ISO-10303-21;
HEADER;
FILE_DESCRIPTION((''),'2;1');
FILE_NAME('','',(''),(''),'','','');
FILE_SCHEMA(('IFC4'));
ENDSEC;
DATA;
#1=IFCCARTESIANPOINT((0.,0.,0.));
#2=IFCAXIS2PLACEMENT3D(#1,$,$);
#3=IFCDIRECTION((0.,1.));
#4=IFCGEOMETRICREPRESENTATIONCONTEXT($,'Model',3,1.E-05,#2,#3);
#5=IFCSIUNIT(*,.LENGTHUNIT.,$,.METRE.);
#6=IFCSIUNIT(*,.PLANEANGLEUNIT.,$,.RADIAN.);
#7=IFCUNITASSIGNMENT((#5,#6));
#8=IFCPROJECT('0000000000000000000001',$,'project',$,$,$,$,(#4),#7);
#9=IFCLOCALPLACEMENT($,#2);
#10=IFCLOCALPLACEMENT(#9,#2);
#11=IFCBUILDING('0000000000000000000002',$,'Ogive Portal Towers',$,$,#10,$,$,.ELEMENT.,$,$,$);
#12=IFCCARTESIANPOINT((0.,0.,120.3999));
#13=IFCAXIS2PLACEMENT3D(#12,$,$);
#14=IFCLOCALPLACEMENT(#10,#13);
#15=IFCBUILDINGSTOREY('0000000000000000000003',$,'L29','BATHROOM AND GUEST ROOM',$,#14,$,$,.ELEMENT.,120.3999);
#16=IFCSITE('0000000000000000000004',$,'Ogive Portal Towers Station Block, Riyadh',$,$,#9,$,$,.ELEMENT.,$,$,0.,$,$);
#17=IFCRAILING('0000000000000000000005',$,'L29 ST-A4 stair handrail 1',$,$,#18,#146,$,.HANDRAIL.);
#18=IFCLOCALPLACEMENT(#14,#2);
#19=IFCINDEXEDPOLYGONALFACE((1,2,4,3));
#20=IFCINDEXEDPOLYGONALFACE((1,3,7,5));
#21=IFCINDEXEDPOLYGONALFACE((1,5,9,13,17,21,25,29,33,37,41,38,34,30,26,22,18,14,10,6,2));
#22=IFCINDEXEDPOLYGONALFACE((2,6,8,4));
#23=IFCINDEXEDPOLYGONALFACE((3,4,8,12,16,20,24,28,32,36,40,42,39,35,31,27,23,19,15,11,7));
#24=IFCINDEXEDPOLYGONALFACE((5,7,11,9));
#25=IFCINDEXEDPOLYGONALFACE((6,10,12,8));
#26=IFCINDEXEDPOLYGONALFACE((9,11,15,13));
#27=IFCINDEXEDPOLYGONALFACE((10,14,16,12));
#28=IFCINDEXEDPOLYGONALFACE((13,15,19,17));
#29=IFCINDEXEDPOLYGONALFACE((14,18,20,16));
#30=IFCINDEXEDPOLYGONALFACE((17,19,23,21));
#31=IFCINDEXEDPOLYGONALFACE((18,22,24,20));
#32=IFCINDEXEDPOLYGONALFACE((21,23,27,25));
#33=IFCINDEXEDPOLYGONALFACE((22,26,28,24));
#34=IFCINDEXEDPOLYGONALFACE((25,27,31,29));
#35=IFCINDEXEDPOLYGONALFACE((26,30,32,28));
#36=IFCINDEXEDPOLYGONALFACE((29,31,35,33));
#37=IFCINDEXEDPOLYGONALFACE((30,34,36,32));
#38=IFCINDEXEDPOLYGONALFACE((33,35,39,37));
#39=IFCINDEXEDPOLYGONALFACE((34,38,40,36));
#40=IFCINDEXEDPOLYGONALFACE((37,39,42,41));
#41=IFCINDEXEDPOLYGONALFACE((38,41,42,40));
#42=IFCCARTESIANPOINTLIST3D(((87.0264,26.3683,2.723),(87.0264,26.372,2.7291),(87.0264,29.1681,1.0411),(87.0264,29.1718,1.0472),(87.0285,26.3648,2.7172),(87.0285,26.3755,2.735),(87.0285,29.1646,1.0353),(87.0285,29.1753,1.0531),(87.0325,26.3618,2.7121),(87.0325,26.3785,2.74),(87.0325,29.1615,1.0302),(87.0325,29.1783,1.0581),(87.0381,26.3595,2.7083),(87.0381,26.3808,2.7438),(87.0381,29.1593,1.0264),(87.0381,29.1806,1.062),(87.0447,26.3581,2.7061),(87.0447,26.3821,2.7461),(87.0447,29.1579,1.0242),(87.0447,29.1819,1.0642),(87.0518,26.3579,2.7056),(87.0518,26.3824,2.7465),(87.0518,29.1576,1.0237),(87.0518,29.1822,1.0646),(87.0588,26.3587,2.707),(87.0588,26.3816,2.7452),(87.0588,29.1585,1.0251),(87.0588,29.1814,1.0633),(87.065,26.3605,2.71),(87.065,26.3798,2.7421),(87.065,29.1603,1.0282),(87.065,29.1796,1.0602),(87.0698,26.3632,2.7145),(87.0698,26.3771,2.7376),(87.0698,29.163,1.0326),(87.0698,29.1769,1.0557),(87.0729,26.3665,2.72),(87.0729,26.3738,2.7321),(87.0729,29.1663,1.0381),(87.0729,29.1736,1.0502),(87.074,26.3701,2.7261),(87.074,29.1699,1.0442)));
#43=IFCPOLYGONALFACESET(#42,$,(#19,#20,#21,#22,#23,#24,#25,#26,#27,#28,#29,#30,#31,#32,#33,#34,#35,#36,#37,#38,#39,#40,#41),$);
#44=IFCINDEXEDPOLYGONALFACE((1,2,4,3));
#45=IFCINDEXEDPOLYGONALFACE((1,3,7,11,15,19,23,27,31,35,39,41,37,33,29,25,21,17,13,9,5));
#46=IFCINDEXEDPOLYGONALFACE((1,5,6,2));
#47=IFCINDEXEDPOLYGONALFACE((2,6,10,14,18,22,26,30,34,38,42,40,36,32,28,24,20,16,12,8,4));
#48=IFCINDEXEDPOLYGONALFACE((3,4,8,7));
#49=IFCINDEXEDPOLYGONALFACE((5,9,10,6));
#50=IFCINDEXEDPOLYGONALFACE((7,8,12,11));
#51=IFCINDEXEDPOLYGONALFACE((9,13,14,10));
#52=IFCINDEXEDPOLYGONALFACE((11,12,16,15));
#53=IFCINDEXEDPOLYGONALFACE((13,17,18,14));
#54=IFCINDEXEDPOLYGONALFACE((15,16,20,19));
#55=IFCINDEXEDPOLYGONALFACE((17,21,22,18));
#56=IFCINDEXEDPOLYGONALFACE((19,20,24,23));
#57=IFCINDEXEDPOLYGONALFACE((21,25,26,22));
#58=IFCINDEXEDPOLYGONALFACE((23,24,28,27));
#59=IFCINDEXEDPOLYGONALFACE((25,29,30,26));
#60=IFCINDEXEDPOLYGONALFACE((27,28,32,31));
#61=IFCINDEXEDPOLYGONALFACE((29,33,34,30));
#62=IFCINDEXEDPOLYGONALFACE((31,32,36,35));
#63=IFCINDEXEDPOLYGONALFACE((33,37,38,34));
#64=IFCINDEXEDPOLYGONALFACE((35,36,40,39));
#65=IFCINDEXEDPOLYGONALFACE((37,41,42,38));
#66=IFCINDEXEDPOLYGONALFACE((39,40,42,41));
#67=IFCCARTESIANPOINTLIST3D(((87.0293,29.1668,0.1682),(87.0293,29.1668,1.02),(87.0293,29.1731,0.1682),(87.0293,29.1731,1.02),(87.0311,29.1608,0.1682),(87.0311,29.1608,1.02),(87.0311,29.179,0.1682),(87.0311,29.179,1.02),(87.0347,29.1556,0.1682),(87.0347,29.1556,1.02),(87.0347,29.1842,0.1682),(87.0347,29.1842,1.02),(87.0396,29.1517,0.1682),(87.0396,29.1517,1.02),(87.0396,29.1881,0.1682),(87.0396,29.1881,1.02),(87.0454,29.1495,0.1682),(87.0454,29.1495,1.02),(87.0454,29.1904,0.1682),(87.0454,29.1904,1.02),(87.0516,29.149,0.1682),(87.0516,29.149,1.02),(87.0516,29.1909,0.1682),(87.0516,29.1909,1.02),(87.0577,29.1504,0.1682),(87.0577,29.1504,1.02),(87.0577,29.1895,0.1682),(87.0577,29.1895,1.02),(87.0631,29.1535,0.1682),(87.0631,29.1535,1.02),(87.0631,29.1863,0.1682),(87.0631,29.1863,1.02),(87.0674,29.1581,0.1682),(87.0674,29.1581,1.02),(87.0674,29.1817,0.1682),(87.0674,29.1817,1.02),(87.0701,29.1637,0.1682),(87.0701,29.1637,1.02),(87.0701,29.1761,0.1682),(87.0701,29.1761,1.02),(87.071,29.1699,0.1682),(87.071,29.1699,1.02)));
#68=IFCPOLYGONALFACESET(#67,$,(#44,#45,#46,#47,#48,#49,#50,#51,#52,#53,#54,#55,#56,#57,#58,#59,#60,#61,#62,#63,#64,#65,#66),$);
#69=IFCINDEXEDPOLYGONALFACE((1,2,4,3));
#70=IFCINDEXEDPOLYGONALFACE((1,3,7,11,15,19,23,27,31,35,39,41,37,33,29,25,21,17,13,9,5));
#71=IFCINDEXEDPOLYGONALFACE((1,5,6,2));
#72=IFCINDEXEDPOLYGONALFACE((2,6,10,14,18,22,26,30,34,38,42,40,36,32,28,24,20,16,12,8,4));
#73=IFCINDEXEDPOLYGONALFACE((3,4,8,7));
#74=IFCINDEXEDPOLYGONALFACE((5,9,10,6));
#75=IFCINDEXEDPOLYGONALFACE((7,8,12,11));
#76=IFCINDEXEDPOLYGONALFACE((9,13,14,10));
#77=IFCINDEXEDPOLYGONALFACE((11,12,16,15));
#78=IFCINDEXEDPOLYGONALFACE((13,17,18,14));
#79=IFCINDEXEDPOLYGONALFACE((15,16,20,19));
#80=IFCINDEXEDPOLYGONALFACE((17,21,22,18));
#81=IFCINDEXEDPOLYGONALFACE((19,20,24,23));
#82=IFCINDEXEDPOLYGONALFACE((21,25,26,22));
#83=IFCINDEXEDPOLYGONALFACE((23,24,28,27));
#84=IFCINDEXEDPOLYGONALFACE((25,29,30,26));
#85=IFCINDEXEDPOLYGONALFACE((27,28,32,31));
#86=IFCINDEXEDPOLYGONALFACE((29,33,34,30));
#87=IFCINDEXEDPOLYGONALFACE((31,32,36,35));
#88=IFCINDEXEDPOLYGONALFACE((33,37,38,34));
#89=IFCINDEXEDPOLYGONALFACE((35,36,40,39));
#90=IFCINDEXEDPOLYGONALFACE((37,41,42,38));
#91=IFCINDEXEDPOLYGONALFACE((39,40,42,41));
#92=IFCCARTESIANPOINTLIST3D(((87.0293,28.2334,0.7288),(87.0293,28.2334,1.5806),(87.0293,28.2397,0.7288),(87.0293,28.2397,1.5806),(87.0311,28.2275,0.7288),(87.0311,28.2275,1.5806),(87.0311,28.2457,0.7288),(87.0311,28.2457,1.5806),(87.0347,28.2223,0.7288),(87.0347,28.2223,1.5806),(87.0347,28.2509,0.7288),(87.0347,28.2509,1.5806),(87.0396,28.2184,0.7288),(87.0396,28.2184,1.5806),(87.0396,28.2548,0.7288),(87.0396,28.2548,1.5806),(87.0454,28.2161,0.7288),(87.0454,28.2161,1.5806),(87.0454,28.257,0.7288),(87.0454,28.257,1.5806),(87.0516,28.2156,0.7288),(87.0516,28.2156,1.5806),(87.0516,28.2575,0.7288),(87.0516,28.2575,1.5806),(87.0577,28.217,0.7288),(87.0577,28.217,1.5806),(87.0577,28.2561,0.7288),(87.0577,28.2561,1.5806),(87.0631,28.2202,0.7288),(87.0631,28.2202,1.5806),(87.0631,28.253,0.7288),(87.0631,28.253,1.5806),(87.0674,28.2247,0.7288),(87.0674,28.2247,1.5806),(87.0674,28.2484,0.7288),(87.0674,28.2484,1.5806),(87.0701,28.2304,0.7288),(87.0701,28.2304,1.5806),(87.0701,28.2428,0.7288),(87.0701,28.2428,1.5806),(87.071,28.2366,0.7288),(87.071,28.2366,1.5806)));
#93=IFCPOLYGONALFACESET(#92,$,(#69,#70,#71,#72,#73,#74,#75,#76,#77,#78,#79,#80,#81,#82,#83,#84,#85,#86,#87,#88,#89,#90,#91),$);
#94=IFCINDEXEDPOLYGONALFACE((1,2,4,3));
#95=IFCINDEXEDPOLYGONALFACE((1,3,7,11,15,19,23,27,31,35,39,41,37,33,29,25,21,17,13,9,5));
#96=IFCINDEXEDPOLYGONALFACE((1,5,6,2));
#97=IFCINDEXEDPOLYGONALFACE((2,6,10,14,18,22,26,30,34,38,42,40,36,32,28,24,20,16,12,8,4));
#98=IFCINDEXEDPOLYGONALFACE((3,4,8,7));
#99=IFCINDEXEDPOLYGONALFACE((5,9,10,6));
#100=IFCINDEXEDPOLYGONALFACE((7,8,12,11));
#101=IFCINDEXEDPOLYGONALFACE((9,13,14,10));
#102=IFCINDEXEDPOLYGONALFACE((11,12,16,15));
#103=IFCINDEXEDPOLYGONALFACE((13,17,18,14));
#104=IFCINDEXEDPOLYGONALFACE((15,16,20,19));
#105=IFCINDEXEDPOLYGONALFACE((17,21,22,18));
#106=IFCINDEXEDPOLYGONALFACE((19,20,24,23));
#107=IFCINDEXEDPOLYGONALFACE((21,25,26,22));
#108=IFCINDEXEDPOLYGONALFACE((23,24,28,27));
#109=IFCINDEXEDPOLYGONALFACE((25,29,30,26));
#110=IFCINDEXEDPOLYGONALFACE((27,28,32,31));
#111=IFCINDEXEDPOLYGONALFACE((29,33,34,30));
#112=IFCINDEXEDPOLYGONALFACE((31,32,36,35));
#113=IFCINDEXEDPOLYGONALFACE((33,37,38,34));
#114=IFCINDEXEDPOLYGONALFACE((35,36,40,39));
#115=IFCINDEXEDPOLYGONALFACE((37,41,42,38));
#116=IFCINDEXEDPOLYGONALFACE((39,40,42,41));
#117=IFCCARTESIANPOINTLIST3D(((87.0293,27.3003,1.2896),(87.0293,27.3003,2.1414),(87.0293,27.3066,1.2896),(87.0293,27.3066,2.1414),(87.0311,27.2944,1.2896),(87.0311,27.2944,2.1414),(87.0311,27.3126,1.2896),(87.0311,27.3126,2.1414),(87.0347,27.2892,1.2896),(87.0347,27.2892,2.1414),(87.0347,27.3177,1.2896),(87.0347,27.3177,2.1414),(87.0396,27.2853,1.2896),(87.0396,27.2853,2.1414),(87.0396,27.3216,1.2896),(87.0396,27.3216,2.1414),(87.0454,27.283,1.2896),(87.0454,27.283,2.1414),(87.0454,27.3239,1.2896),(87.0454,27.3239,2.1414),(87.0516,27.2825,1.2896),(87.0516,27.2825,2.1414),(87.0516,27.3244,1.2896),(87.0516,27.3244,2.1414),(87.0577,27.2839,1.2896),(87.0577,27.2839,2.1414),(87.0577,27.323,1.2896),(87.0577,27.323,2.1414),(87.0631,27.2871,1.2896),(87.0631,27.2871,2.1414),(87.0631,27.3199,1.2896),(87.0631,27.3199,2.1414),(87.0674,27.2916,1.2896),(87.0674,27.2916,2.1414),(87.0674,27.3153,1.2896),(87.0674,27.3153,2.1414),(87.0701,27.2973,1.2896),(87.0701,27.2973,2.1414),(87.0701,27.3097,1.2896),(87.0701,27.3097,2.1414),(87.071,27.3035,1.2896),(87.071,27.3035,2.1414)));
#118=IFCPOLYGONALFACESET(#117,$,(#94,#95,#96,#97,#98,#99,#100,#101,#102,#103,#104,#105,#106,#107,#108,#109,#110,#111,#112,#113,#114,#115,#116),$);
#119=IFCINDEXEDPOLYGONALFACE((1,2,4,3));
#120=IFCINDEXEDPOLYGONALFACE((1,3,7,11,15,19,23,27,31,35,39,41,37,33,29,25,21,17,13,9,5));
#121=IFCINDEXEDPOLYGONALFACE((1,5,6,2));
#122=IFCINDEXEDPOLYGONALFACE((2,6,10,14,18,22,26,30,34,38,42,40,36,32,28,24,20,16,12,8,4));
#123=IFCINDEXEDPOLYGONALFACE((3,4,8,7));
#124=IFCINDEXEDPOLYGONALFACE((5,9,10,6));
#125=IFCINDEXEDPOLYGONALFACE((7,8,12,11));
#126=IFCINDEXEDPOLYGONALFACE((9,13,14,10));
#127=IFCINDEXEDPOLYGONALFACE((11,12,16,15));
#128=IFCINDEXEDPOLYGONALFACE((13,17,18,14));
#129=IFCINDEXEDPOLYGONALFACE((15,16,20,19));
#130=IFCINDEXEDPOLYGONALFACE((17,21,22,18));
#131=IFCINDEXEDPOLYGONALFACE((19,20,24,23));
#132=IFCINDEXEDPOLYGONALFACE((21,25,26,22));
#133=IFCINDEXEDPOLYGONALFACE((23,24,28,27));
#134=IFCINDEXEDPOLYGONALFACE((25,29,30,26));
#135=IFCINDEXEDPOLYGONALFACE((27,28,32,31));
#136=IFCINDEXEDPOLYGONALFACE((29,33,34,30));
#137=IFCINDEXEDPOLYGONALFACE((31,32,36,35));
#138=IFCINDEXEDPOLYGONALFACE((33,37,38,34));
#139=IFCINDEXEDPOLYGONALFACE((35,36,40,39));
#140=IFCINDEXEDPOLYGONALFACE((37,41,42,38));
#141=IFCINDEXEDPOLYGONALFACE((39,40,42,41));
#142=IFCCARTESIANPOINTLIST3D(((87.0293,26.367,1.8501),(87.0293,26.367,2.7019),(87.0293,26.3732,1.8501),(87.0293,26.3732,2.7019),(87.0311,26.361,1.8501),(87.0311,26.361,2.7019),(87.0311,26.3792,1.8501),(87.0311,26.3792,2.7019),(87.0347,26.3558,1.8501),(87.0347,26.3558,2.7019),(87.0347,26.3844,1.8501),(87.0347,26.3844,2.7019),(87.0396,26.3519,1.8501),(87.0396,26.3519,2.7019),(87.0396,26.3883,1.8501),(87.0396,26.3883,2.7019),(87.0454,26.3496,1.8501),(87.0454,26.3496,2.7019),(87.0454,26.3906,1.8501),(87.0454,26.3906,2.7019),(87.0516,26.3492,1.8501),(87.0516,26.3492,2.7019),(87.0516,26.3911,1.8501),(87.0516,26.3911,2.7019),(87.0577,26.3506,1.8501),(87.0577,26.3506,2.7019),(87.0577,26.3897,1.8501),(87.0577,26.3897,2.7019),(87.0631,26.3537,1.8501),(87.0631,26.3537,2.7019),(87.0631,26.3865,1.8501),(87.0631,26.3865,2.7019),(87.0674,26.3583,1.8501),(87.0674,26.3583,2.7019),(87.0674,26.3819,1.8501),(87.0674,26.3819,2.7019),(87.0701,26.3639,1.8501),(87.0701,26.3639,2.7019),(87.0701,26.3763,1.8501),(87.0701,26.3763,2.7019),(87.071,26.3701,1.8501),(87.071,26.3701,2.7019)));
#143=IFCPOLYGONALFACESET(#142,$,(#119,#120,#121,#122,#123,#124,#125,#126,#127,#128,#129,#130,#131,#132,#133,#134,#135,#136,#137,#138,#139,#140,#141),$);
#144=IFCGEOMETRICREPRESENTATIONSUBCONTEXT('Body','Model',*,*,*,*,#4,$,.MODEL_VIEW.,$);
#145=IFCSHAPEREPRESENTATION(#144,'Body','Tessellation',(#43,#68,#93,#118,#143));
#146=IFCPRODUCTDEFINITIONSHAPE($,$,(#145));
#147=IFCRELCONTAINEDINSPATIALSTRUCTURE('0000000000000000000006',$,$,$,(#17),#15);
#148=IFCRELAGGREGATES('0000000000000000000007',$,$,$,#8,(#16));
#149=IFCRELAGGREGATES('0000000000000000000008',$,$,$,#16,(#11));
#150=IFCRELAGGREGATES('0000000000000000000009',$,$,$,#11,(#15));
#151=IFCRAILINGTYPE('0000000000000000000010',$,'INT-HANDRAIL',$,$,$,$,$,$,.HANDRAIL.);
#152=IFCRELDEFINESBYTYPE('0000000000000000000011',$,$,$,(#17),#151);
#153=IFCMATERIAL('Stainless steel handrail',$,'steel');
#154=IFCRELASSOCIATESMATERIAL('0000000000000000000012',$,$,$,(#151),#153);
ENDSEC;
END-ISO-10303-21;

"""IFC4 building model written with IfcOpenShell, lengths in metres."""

from ifc_helpers import new_model, si_unit, direction, frame, origin, origin_2d, place, context, subcontext, project, spatial, circle, extrude, material, type_object, element, save


model = new_model("IFC4")

# Units and contexts
model_context = context("Model", 3, precision=1e-05, world=origin(), true_north=direction((0.0, 1.0)))
body_context = subcontext(model_context, "Body", "Model", "MODEL_VIEW")
ifc_project = project(units=[si_unit("LENGTHUNIT", "METRE"), si_unit("PLANEANGLEUNIT", "RADIAN")], contexts=[model_context])

# Site, building, storey
site_placement = place(None, origin())
site = spatial("IfcSite", under=ifc_project, at=site_placement, Name="Ogive Portal Towers Station Block, Riyadh", CompositionType="ELEMENT", RefElevation=0.0)
building_placement = place(site_placement, origin())
building = spatial("IfcBuilding", under=site, at=building_placement, Name="Ogive Portal Towers", CompositionType="ELEMENT")
storey_placement = place(building_placement, frame((0.0, 0.0, 120.3999)))
storey = spatial("IfcBuildingStorey", under=building, at=storey_placement, Name="L29", Description="BATHROOM AND GUEST ROOM", CompositionType="ELEMENT", Elevation=120.3999)

# Railing
ifc_material_1 = material(Name="Stainless steel handrail", Category="steel")
railing_type_1 = type_object("IfcRailingType", Name="INT-HANDRAIL", PredefinedType="HANDRAIL", material=ifc_material_1)
railing_1_placement = place(storey_placement, frame((87.05, 29.1699, 0.1682)))
element("IfcRailing", 1, at=railing_1_placement, inside=storey, type_object=railing_type_1, Name="L29 ST-A4 stair handrail 1", PredefinedType="HANDRAIL", context=body_context, shape_type="SweptSolid", body=[
    extrude(circle(Radius=0.0239, at=origin_2d()), frame((0.0, 0.0, 0.876), z_axis=(0.0, -0.857222, 0.514946), x_axis=(1.0, 0.0, 0.0)), (0.0, 0.0, 1.0), 3.2661),
    extrude(circle(Radius=0.021, at=origin_2d()), origin(), (0.0, 0.0, 1.0), 0.8518),
    extrude(circle(Radius=0.021, at=origin_2d()), frame((0.0, -0.9333, 0.5605)), (0.0, 0.0, 1.0), 0.8518),
    extrude(circle(Radius=0.021, at=origin_2d()), frame((0.0, -1.8665, 1.1213)), (0.0, 0.0, 1.0), 0.8518),
    extrude(circle(Radius=0.021, at=origin_2d()), frame((0.0, -2.7998, 1.6819)), (0.0, 0.0, 1.0), 0.8518),
])

save(model, "model.ifc")
